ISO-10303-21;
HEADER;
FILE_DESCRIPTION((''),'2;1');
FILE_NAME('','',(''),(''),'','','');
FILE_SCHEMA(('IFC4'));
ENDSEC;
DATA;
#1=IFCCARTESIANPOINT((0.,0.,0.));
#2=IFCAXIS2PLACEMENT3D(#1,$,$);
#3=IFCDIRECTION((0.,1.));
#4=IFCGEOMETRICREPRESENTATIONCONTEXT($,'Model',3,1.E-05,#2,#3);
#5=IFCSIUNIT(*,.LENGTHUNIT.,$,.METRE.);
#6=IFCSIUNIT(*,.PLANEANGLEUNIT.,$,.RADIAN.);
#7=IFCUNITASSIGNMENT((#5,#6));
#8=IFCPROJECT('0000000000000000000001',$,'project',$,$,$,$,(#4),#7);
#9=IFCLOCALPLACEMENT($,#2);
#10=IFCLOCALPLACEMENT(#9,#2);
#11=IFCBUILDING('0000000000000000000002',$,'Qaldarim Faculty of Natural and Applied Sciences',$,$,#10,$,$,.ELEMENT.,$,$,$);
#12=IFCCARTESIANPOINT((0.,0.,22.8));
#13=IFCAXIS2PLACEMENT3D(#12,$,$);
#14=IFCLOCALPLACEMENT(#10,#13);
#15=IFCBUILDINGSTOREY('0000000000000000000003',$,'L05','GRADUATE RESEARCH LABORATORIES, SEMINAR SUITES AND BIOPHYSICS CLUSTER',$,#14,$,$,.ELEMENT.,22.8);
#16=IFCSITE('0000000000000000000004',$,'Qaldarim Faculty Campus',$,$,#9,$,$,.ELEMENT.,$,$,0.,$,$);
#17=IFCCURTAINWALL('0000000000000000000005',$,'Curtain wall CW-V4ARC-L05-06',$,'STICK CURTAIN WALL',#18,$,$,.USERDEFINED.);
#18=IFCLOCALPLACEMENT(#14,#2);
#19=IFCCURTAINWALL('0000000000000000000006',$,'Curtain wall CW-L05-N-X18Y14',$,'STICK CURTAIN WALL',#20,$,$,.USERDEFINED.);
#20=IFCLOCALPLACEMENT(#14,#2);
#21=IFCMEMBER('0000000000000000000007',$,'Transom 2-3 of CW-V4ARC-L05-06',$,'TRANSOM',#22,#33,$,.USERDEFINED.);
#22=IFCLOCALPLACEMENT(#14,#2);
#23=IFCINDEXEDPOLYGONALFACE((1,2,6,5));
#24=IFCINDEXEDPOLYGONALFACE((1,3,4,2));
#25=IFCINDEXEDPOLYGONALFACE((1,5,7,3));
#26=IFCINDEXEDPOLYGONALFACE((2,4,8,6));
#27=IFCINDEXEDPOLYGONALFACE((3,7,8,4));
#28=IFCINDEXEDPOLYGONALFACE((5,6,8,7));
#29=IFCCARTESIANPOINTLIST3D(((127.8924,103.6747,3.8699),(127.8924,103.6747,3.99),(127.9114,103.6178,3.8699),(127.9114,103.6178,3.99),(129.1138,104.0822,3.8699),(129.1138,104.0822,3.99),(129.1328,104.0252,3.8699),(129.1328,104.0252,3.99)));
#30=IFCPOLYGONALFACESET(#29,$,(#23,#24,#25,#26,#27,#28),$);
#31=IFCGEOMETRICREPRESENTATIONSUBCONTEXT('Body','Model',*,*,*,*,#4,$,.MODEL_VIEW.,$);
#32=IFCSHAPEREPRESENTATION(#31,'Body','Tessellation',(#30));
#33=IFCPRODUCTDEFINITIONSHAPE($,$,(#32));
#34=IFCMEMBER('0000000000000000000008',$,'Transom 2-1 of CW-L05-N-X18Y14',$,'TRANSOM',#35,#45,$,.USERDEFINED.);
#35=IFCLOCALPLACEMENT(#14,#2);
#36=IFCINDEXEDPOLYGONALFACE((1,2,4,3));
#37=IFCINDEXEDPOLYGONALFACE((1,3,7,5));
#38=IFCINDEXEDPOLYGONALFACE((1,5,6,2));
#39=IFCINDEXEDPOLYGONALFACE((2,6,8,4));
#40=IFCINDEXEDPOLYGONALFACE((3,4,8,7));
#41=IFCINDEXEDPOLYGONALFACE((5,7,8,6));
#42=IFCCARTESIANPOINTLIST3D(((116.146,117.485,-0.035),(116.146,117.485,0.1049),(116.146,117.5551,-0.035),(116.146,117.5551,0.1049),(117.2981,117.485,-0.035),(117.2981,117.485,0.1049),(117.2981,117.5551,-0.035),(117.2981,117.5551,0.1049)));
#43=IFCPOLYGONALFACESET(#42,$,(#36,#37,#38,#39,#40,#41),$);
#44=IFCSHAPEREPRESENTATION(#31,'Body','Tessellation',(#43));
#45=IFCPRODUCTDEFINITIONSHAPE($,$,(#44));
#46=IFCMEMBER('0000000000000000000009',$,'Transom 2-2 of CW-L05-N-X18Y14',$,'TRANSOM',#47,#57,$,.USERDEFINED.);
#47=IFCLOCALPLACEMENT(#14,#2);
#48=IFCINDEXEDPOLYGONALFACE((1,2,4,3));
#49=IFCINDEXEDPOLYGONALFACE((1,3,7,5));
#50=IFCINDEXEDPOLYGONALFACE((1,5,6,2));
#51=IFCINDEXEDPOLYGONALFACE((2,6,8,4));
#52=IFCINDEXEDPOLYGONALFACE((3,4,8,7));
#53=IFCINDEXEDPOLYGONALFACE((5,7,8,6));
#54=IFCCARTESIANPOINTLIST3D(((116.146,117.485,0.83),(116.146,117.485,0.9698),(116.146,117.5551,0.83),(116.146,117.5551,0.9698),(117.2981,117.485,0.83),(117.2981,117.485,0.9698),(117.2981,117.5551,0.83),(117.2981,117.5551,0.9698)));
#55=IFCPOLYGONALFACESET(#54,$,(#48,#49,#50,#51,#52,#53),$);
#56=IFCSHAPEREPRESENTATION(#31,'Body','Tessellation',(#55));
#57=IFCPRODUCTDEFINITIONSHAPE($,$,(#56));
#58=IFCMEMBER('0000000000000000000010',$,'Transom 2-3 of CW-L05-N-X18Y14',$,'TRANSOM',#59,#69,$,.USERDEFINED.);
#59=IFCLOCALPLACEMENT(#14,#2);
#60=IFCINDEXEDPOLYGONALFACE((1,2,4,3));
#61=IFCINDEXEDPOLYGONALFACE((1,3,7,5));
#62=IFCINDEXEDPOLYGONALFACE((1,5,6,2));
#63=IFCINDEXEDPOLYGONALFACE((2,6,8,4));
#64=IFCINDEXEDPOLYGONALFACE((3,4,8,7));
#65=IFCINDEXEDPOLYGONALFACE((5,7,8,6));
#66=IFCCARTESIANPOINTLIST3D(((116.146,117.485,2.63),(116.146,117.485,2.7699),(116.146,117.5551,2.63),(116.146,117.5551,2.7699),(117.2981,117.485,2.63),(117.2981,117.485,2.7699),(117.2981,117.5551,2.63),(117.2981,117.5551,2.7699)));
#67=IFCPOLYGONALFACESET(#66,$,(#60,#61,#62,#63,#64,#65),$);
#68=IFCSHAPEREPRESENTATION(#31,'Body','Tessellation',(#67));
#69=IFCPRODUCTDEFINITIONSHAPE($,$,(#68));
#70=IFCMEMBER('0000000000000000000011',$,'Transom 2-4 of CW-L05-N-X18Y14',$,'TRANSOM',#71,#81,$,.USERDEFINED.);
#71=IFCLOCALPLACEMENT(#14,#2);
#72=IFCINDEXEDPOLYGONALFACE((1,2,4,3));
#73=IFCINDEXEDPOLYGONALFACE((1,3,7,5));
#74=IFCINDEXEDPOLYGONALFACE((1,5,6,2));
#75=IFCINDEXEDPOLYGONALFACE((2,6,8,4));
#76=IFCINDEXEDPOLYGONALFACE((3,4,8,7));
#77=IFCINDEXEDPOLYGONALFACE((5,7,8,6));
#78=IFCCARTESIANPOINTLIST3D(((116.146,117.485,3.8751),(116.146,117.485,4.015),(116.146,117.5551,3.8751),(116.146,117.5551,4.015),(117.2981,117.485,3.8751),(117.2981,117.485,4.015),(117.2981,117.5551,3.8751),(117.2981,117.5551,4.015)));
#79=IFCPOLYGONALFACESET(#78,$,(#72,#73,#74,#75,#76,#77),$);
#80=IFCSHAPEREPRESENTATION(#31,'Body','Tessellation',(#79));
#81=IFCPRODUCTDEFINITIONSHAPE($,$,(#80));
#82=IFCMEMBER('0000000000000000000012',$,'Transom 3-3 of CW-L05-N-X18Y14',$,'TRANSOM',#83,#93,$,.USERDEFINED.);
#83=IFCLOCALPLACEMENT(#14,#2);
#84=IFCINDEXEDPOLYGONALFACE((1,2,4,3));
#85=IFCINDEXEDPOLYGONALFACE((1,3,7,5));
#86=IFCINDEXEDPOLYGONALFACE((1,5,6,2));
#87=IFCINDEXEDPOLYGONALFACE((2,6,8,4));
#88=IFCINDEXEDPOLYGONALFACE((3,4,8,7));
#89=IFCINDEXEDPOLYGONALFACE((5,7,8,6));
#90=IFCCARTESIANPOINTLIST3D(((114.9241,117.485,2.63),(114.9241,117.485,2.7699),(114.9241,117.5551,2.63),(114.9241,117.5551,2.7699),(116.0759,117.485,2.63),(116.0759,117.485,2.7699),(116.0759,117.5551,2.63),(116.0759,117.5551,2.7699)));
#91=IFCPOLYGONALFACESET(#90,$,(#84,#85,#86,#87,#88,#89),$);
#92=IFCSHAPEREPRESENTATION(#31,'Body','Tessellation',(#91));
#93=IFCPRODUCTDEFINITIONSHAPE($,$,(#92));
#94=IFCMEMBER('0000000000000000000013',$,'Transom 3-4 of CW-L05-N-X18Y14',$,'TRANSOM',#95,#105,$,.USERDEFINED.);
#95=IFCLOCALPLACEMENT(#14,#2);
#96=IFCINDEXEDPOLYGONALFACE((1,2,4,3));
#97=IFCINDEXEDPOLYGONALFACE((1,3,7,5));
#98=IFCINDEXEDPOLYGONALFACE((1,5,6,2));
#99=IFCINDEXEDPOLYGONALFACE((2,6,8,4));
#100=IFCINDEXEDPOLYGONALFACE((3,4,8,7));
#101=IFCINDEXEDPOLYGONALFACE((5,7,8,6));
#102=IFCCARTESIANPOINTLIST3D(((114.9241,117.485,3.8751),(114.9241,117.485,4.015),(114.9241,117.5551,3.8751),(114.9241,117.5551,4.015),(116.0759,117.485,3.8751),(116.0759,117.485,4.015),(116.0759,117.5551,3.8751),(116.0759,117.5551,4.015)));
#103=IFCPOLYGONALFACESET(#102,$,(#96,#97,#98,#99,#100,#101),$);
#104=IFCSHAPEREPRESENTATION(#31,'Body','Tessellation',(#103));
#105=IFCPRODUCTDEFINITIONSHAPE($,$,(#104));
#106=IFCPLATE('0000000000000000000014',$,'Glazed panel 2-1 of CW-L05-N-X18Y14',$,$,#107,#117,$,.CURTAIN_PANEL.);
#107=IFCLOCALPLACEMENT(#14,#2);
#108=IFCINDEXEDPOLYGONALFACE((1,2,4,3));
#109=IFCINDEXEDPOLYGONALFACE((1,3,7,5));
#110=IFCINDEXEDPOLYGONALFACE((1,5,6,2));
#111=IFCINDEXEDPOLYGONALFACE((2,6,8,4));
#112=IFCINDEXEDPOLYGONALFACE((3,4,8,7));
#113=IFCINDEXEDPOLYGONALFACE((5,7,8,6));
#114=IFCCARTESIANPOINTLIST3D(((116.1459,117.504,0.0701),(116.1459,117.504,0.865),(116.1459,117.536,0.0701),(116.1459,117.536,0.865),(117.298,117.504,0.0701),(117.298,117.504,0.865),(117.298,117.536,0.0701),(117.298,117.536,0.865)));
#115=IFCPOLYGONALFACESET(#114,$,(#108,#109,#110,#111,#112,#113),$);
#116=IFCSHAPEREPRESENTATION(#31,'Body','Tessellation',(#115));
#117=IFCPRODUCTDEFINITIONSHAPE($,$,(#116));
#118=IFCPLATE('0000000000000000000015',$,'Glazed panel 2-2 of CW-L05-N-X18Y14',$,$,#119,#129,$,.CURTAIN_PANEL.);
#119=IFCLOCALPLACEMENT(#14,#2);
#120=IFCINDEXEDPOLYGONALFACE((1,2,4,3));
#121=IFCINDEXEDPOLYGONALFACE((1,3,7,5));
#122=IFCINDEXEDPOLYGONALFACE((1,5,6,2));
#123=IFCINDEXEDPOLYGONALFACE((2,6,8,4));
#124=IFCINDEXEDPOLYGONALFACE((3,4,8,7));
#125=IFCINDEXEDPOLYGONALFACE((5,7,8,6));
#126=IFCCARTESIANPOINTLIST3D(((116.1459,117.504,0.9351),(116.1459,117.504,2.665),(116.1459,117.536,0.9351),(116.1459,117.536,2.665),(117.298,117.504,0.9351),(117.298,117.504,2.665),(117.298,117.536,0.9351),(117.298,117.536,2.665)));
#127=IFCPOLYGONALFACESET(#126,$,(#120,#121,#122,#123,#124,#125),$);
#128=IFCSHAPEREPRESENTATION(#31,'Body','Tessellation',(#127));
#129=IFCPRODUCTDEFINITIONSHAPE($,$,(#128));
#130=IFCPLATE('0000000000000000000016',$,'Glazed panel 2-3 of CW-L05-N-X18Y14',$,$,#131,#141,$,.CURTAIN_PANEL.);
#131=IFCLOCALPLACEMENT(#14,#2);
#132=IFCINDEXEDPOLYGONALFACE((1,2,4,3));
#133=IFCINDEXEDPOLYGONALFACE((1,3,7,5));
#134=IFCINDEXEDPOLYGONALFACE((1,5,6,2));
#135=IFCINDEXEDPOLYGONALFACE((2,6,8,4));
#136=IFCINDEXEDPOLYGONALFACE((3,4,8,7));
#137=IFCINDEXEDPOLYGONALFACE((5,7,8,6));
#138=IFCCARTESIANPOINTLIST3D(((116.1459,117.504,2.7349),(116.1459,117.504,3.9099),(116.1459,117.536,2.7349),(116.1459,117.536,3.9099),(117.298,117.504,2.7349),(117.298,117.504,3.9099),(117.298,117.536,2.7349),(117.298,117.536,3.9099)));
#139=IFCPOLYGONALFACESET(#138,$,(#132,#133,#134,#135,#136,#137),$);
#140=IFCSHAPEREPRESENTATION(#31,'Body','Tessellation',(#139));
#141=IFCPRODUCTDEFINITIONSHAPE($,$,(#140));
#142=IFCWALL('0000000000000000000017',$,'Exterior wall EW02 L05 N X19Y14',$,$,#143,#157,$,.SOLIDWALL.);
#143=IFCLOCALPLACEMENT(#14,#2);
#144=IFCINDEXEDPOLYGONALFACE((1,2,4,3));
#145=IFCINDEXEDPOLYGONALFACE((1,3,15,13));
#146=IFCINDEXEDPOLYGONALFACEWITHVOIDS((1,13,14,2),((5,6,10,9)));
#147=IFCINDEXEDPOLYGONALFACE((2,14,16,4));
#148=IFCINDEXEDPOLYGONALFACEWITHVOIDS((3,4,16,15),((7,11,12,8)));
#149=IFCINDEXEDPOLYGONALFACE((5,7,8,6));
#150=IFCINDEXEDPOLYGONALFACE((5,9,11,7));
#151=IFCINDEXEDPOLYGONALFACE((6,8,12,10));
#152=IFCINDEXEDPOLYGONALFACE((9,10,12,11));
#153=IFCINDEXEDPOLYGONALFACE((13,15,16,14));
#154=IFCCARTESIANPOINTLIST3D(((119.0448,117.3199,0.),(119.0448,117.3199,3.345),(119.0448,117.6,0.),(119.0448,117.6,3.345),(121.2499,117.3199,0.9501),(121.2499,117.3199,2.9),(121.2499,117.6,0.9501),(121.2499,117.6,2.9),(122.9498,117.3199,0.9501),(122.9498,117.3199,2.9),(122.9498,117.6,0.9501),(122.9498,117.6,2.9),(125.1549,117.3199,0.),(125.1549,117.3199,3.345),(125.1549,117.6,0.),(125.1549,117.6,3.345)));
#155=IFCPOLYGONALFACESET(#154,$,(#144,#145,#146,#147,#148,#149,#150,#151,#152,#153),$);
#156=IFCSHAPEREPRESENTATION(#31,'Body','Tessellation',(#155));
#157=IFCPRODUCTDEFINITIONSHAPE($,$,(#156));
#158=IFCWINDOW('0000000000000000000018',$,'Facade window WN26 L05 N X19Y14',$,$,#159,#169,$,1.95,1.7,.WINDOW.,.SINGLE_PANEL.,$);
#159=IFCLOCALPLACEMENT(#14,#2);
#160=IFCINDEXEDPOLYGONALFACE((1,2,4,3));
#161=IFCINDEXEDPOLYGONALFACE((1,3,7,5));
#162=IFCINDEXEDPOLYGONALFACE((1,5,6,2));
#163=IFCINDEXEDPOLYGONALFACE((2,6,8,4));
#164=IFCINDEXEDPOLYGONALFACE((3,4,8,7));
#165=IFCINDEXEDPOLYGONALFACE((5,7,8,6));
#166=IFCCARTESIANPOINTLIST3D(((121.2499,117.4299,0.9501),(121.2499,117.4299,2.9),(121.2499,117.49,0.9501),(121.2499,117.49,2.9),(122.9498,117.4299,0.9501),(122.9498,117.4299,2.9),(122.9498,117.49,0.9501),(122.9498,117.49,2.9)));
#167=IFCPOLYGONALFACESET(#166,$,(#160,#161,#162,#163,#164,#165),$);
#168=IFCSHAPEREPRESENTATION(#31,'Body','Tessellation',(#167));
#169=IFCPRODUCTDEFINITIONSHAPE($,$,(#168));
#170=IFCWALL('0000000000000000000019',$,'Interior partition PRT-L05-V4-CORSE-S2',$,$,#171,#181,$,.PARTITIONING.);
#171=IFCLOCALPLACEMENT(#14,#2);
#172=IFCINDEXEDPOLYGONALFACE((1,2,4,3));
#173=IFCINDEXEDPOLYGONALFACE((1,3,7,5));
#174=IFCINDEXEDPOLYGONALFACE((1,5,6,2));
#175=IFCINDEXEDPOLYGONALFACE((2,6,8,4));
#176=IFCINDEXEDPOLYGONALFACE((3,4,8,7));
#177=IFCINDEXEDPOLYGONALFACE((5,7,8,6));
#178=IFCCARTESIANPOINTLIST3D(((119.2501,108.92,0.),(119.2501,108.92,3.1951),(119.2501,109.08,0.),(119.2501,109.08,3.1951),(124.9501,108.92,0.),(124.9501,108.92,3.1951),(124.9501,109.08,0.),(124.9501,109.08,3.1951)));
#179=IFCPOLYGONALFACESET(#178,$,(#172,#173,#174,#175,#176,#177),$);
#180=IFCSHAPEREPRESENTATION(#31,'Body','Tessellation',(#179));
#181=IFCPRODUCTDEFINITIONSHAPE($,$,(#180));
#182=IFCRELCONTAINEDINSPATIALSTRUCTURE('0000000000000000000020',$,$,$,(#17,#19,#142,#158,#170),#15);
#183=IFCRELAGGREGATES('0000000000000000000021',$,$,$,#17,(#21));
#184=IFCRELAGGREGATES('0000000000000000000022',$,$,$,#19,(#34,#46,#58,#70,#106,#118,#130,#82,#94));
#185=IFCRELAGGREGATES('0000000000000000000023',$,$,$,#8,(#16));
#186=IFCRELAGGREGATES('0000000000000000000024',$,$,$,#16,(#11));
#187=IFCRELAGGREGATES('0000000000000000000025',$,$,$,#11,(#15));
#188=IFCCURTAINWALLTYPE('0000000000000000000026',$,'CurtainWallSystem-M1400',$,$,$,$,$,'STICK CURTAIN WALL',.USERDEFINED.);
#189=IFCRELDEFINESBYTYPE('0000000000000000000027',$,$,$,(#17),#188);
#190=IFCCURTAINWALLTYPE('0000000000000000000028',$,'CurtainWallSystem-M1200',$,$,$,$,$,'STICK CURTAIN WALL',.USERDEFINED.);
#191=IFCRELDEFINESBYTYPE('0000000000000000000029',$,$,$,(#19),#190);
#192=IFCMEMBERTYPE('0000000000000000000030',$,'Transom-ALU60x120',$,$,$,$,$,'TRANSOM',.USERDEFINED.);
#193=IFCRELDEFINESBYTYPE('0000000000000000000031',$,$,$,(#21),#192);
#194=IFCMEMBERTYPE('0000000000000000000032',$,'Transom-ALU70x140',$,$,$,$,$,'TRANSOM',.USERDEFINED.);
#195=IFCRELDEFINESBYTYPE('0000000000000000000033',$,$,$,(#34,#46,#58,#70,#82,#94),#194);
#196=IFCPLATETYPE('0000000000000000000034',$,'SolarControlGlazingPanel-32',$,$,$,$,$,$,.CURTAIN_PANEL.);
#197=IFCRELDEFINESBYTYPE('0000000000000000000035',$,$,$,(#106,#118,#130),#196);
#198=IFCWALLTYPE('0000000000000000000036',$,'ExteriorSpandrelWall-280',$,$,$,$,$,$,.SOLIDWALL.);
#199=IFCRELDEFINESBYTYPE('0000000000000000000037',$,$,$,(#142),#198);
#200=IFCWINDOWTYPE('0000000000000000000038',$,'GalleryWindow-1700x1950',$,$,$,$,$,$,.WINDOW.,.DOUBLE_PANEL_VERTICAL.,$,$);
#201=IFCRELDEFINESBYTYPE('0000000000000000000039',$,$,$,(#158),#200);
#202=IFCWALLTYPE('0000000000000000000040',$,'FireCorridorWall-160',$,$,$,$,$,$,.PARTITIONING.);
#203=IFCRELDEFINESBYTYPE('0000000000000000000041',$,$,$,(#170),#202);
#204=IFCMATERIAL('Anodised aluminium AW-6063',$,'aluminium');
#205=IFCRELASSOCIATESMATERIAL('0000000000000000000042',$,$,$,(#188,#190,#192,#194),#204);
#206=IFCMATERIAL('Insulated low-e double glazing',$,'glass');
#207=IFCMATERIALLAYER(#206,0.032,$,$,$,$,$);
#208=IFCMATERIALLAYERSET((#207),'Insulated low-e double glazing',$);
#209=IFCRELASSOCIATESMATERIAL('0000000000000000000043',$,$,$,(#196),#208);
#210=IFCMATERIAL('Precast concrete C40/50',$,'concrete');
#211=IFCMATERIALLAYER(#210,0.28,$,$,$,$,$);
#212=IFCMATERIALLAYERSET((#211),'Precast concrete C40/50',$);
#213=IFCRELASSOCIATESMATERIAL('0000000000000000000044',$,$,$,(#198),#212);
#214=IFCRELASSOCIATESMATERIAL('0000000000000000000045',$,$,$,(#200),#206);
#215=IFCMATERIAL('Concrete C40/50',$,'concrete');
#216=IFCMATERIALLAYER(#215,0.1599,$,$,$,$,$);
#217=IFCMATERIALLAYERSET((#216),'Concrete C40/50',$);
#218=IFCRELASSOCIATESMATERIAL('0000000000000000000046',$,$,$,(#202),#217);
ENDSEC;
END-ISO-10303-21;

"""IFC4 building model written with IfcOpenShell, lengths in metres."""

from ifc_helpers import new_model, si_unit, direction, frame, frame_2d, origin, origin_2d, place, context, subcontext, project, spatial, rectangle, extrude, material, layer, layer_set, material_profile, profile_set, type_object, element, fill, aggregate, save


model = new_model("IFC4")

# Units and contexts
model_context = context("Model", 3, precision=1e-05, world=origin(), true_north=direction((0.0, 1.0)))
body_context = subcontext(model_context, "Body", "Model", "MODEL_VIEW")
ifc_project = project(units=[si_unit("LENGTHUNIT", "METRE"), si_unit("PLANEANGLEUNIT", "RADIAN")], contexts=[model_context])

# Site, building, storey
site_placement = place(None, origin())
site = spatial("IfcSite", under=ifc_project, at=site_placement, Name="Qaldarim Faculty Campus", CompositionType="ELEMENT", RefElevation=0.0)
building_placement = place(site_placement, origin())
building = spatial("IfcBuilding", under=site, at=building_placement, Name="Qaldarim Faculty of Natural and Applied Sciences", CompositionType="ELEMENT")
storey_placement = place(building_placement, frame((0.0, 0.0, 22.8)))
storey = spatial("IfcBuildingStorey", under=building, at=storey_placement, Name="L05", Description="GRADUATE RESEARCH LABORATORIES, SEMINAR SUITES AND BIOPHYSICS CLUSTER", CompositionType="ELEMENT", Elevation=22.8)

# Shared definitions
ifc_material_1 = material(Name="Concrete C40/50", Category="concrete")

# Curtain walls
ifc_material_2 = material(Name="Anodised aluminium AW-6063", Category="aluminium")
curtain_wall_type_1 = type_object("IfcCurtainWallType", Name="CurtainWallSystem-M1400", ElementType="STICK CURTAIN WALL", PredefinedType="USERDEFINED", material=ifc_material_2)
curtain_wall_1_placement = place(storey_placement, origin())
curtain_wall_1 = element("IfcCurtainWall", 1, at=curtain_wall_1_placement, inside=storey, type_object=curtain_wall_type_1, Name="Curtain wall CW-V4ARC-L05-06", ObjectType="STICK CURTAIN WALL", PredefinedType="USERDEFINED")
curtain_wall_type_2 = type_object("IfcCurtainWallType", Name="CurtainWallSystem-M1200", ElementType="STICK CURTAIN WALL", PredefinedType="USERDEFINED", material=ifc_material_2)
curtain_wall_2_placement = place(storey_placement, origin())
curtain_wall_2 = element("IfcCurtainWall", 2, at=curtain_wall_2_placement, inside=storey, type_object=curtain_wall_type_2, Name="Curtain wall CW-L05-N-X18Y14", ObjectType="STICK CURTAIN WALL", PredefinedType="USERDEFINED")

# Members
ifc_material_profile_1 = material_profile(ifc_material_2, rectangle(XDim=0.0601, YDim=0.1201, at=origin_2d()), Name="ALU-T60x120")
ifc_profile_set_1 = profile_set([ifc_material_profile_1], Name="Anodised aluminium AW-6063")
member_type_1 = type_object("IfcMemberType", Name="Transom-ALU60x120", ElementType="TRANSOM", PredefinedType="USERDEFINED", material=ifc_profile_set_1)
member_1_placement = place(storey_placement, frame((127.9019, 103.6462, 3.9299), z_axis=(0.948607, 0.316455, 0.0), x_axis=(-0.316455, 0.948607, 0.0)))
member_1 = element("IfcMember", 3, at=member_1_placement, type_object=member_type_1, Name="Transom 2-3 of CW-V4ARC-L05-06", ObjectType="TRANSOM", PredefinedType="USERDEFINED", context=body_context, shape_type="SweptSolid", body=[
    extrude(rectangle(XDim=0.0601, YDim=0.1201, at=origin_2d()), origin(), (0.0, 0.0, 1.0), 1.2876),
])
aggregate(curtain_wall_1, [member_1])
ifc_material_profile_2 = material_profile(ifc_material_2, rectangle(XDim=0.0701, YDim=0.1399, at=origin_2d()), Name="ALU-T70x140")
ifc_profile_set_2 = profile_set([ifc_material_profile_2], Name="Anodised aluminium AW-6063")
member_type_2 = type_object("IfcMemberType", Name="Transom-ALU70x140", ElementType="TRANSOM", PredefinedType="USERDEFINED", material=ifc_profile_set_2)
member_2_placement = place(storey_placement, frame((117.2981, 117.52, 0.0349), z_axis=(-1.0, 0.0, 0.0), x_axis=(0.0, -1.0, 0.0)))
member_2 = element("IfcMember", 4, at=member_2_placement, type_object=member_type_2, Name="Transom 2-1 of CW-L05-N-X18Y14", ObjectType="TRANSOM", PredefinedType="USERDEFINED", context=body_context, shape_type="SweptSolid", body=[
    extrude(rectangle(XDim=0.0701, YDim=0.1399, at=origin_2d()), origin(), (0.0, 0.0, 1.0), 1.1521),
])
member_3_placement = place(storey_placement, frame((117.2981, 117.52, 0.8999), z_axis=(-1.0, 0.0, 0.0), x_axis=(0.0, -1.0, 0.0)))
member_3 = element("IfcMember", 5, at=member_3_placement, type_object=member_type_2, Name="Transom 2-2 of CW-L05-N-X18Y14", ObjectType="TRANSOM", PredefinedType="USERDEFINED", context=body_context, shape_type="SweptSolid", body=[
    extrude(rectangle(XDim=0.0701, YDim=0.1399, at=origin_2d()), origin(), (0.0, 0.0, 1.0), 1.1521),
])
member_4_placement = place(storey_placement, frame((117.2981, 117.52, 2.7), z_axis=(-1.0, 0.0, 0.0), x_axis=(0.0, -1.0, 0.0)))
member_4 = element("IfcMember", 6, at=member_4_placement, type_object=member_type_2, Name="Transom 2-3 of CW-L05-N-X18Y14", ObjectType="TRANSOM", PredefinedType="USERDEFINED", context=body_context, shape_type="SweptSolid", body=[
    extrude(rectangle(XDim=0.0701, YDim=0.1399, at=origin_2d()), origin(), (0.0, 0.0, 1.0), 1.1521),
])
member_5_placement = place(storey_placement, frame((117.2981, 117.52, 3.9451), z_axis=(-1.0, 0.0, 0.0), x_axis=(0.0, -1.0, 0.0)))
member_5 = element("IfcMember", 7, at=member_5_placement, type_object=member_type_2, Name="Transom 2-4 of CW-L05-N-X18Y14", ObjectType="TRANSOM", PredefinedType="USERDEFINED", context=body_context, shape_type="SweptSolid", body=[
    extrude(rectangle(XDim=0.0701, YDim=0.1399, at=origin_2d()), origin(), (0.0, 0.0, 1.0), 1.1521),
])
member_6_placement = place(storey_placement, frame((116.0759, 117.52, 2.7), z_axis=(-1.0, 0.0, 0.0), x_axis=(0.0, -1.0, 0.0)))
member_6 = element("IfcMember", 8, at=member_6_placement, type_object=member_type_2, Name="Transom 3-3 of CW-L05-N-X18Y14", ObjectType="TRANSOM", PredefinedType="USERDEFINED", context=body_context, shape_type="SweptSolid", body=[
    extrude(rectangle(XDim=0.0701, YDim=0.1399, at=origin_2d()), origin(), (0.0, 0.0, 1.0), 1.1519),
])
member_7_placement = place(storey_placement, frame((116.0759, 117.52, 3.9451), z_axis=(-1.0, 0.0, 0.0), x_axis=(0.0, -1.0, 0.0)))
member_7 = element("IfcMember", 9, at=member_7_placement, type_object=member_type_2, Name="Transom 3-4 of CW-L05-N-X18Y14", ObjectType="TRANSOM", PredefinedType="USERDEFINED", context=body_context, shape_type="SweptSolid", body=[
    extrude(rectangle(XDim=0.0701, YDim=0.1399, at=origin_2d()), origin(), (0.0, 0.0, 1.0), 1.1519),
])

# Plates
ifc_material_3 = material(Name="Insulated low-e double glazing", Category="glass")
ifc_layer_1 = layer(ifc_material_3, 0.032)
ifc_layer_set_1 = layer_set([ifc_layer_1], Name="Insulated low-e double glazing")
plate_type = type_object("IfcPlateType", Name="SolarControlGlazingPanel-32", PredefinedType="CURTAIN_PANEL", material=ifc_layer_set_1)
plate_1_placement = place(storey_placement, frame((116.7219, 117.52, 0.0701), z_axis=(0.0, 0.0, 1.0), x_axis=(-1.0, 0.0, 0.0)))
plate_1 = element("IfcPlate", 10, at=plate_1_placement, type_object=plate_type, Name="Glazed panel 2-1 of CW-L05-N-X18Y14", PredefinedType="CURTAIN_PANEL", context=body_context, shape_type="SweptSolid", body=[
    extrude(rectangle(XDim=1.1521, YDim=0.032, at=origin_2d()), origin(), (0.0, 0.0, 1.0), 0.7949),
])
plate_2_placement = place(storey_placement, frame((116.7219, 117.52, 0.9351), z_axis=(0.0, 0.0, 1.0), x_axis=(-1.0, 0.0, 0.0)))
plate_2 = element("IfcPlate", 11, at=plate_2_placement, type_object=plate_type, Name="Glazed panel 2-2 of CW-L05-N-X18Y14", PredefinedType="CURTAIN_PANEL", context=body_context, shape_type="SweptSolid", body=[
    extrude(rectangle(XDim=1.1521, YDim=0.032, at=origin_2d()), origin(), (0.0, 0.0, 1.0), 1.73),
])
plate_3_placement = place(storey_placement, frame((116.7219, 117.52, 2.7349), z_axis=(0.0, 0.0, 1.0), x_axis=(-1.0, 0.0, 0.0)))
plate_3 = element("IfcPlate", 12, at=plate_3_placement, type_object=plate_type, Name="Glazed panel 2-3 of CW-L05-N-X18Y14", PredefinedType="CURTAIN_PANEL", context=body_context, shape_type="SweptSolid", body=[
    extrude(rectangle(XDim=1.1521, YDim=0.032, at=origin_2d()), origin(), (0.0, 0.0, 1.0), 1.175),
])
aggregate(curtain_wall_2, [member_2, member_3, member_4, member_5, plate_1, plate_2, plate_3, member_6, member_7])

# Wall, opening, window
ifc_material_4 = material(Name="Precast concrete C40/50", Category="concrete")
ifc_layer_2 = layer(ifc_material_4, 0.28)
ifc_layer_set_2 = layer_set([ifc_layer_2], Name="Precast concrete C40/50")
wall_type_1 = type_object("IfcWallType", Name="ExteriorSpandrelWall-280", PredefinedType="SOLIDWALL", material=ifc_layer_set_2)
wall_1_placement = place(storey_placement, frame((125.155, 117.46, 0.0), z_axis=(0.0, 0.0, 1.0), x_axis=(-1.0, 0.0, 0.0)))
wall_1 = element("IfcWall", 13, at=wall_1_placement, inside=storey, type_object=wall_type_1, Name="Exterior wall EW02 L05 N X19Y14", PredefinedType="SOLIDWALL", context=body_context, shape_type="SweptSolid", body=[
    extrude(rectangle(XDim=6.1101, YDim=0.28, at=frame_2d((3.0552, 0.0))), origin(), (0.0, 0.0, 1.0), 3.345),
])
opening_1_placement = place(wall_1_placement, frame((2.2051, 0.0, 0.95)))
opening_1 = element("IfcOpeningElement", 14, at=opening_1_placement, cuts=wall_1, PredefinedType="OPENING", context=body_context, shape_type="SweptSolid", body=[
    extrude(rectangle(XDim=1.7, YDim=1.95, at=frame_2d((0.8501, 0.9751))), frame((0.0, 0.1499, 0.0), z_axis=(0.0, -1.0, 0.0), x_axis=(1.0, 0.0, 0.0)), (0.0, 0.0, 1.0), 0.3),
])
window_type = type_object("IfcWindowType", Name="GalleryWindow-1700x1950", PartitioningType="DOUBLE_PANEL_VERTICAL", PredefinedType="WINDOW", material=ifc_material_3)
window_placement = place(opening_1_placement, origin())
window = element("IfcWindow", 15, at=window_placement, inside=storey, type_object=window_type, Name="Facade window WN26 L05 N X19Y14", OverallHeight=1.95, OverallWidth=1.7, PartitioningType="SINGLE_PANEL", PredefinedType="WINDOW", context=body_context, shape_type="SweptSolid", body=[
    extrude(rectangle(XDim=1.7, YDim=1.95, at=frame_2d((0.8501, 0.9751))), frame((0.0, 0.03, 0.0), z_axis=(0.0, -1.0, 0.0), x_axis=(1.0, 0.0, 0.0)), (0.0, 0.0, 1.0), 0.0601),
])
fill(opening_1, window)

# Wall
ifc_layer_3 = layer(ifc_material_1, 0.1599)
ifc_layer_set_3 = layer_set([ifc_layer_3], Name="Concrete C40/50")
wall_type_2 = type_object("IfcWallType", Name="FireCorridorWall-160", PredefinedType="PARTITIONING", material=ifc_layer_set_3)
wall_2_placement = place(storey_placement, frame((119.25, 109.0, 0.0), z_axis=(0.0, 0.0, 1.0), x_axis=(1.0, 0.0, 0.0)))
element("IfcWall", 16, at=wall_2_placement, inside=storey, type_object=wall_type_2, Name="Interior partition PRT-L05-V4-CORSE-S2", PredefinedType="PARTITIONING", context=body_context, shape_type="SweptSolid", body=[
    extrude(rectangle(XDim=5.7, YDim=0.1599, at=frame_2d((2.8501, 0.0))), origin(), (0.0, 0.0, 1.0), 3.1951),
])

save(model, "model.ifc")
